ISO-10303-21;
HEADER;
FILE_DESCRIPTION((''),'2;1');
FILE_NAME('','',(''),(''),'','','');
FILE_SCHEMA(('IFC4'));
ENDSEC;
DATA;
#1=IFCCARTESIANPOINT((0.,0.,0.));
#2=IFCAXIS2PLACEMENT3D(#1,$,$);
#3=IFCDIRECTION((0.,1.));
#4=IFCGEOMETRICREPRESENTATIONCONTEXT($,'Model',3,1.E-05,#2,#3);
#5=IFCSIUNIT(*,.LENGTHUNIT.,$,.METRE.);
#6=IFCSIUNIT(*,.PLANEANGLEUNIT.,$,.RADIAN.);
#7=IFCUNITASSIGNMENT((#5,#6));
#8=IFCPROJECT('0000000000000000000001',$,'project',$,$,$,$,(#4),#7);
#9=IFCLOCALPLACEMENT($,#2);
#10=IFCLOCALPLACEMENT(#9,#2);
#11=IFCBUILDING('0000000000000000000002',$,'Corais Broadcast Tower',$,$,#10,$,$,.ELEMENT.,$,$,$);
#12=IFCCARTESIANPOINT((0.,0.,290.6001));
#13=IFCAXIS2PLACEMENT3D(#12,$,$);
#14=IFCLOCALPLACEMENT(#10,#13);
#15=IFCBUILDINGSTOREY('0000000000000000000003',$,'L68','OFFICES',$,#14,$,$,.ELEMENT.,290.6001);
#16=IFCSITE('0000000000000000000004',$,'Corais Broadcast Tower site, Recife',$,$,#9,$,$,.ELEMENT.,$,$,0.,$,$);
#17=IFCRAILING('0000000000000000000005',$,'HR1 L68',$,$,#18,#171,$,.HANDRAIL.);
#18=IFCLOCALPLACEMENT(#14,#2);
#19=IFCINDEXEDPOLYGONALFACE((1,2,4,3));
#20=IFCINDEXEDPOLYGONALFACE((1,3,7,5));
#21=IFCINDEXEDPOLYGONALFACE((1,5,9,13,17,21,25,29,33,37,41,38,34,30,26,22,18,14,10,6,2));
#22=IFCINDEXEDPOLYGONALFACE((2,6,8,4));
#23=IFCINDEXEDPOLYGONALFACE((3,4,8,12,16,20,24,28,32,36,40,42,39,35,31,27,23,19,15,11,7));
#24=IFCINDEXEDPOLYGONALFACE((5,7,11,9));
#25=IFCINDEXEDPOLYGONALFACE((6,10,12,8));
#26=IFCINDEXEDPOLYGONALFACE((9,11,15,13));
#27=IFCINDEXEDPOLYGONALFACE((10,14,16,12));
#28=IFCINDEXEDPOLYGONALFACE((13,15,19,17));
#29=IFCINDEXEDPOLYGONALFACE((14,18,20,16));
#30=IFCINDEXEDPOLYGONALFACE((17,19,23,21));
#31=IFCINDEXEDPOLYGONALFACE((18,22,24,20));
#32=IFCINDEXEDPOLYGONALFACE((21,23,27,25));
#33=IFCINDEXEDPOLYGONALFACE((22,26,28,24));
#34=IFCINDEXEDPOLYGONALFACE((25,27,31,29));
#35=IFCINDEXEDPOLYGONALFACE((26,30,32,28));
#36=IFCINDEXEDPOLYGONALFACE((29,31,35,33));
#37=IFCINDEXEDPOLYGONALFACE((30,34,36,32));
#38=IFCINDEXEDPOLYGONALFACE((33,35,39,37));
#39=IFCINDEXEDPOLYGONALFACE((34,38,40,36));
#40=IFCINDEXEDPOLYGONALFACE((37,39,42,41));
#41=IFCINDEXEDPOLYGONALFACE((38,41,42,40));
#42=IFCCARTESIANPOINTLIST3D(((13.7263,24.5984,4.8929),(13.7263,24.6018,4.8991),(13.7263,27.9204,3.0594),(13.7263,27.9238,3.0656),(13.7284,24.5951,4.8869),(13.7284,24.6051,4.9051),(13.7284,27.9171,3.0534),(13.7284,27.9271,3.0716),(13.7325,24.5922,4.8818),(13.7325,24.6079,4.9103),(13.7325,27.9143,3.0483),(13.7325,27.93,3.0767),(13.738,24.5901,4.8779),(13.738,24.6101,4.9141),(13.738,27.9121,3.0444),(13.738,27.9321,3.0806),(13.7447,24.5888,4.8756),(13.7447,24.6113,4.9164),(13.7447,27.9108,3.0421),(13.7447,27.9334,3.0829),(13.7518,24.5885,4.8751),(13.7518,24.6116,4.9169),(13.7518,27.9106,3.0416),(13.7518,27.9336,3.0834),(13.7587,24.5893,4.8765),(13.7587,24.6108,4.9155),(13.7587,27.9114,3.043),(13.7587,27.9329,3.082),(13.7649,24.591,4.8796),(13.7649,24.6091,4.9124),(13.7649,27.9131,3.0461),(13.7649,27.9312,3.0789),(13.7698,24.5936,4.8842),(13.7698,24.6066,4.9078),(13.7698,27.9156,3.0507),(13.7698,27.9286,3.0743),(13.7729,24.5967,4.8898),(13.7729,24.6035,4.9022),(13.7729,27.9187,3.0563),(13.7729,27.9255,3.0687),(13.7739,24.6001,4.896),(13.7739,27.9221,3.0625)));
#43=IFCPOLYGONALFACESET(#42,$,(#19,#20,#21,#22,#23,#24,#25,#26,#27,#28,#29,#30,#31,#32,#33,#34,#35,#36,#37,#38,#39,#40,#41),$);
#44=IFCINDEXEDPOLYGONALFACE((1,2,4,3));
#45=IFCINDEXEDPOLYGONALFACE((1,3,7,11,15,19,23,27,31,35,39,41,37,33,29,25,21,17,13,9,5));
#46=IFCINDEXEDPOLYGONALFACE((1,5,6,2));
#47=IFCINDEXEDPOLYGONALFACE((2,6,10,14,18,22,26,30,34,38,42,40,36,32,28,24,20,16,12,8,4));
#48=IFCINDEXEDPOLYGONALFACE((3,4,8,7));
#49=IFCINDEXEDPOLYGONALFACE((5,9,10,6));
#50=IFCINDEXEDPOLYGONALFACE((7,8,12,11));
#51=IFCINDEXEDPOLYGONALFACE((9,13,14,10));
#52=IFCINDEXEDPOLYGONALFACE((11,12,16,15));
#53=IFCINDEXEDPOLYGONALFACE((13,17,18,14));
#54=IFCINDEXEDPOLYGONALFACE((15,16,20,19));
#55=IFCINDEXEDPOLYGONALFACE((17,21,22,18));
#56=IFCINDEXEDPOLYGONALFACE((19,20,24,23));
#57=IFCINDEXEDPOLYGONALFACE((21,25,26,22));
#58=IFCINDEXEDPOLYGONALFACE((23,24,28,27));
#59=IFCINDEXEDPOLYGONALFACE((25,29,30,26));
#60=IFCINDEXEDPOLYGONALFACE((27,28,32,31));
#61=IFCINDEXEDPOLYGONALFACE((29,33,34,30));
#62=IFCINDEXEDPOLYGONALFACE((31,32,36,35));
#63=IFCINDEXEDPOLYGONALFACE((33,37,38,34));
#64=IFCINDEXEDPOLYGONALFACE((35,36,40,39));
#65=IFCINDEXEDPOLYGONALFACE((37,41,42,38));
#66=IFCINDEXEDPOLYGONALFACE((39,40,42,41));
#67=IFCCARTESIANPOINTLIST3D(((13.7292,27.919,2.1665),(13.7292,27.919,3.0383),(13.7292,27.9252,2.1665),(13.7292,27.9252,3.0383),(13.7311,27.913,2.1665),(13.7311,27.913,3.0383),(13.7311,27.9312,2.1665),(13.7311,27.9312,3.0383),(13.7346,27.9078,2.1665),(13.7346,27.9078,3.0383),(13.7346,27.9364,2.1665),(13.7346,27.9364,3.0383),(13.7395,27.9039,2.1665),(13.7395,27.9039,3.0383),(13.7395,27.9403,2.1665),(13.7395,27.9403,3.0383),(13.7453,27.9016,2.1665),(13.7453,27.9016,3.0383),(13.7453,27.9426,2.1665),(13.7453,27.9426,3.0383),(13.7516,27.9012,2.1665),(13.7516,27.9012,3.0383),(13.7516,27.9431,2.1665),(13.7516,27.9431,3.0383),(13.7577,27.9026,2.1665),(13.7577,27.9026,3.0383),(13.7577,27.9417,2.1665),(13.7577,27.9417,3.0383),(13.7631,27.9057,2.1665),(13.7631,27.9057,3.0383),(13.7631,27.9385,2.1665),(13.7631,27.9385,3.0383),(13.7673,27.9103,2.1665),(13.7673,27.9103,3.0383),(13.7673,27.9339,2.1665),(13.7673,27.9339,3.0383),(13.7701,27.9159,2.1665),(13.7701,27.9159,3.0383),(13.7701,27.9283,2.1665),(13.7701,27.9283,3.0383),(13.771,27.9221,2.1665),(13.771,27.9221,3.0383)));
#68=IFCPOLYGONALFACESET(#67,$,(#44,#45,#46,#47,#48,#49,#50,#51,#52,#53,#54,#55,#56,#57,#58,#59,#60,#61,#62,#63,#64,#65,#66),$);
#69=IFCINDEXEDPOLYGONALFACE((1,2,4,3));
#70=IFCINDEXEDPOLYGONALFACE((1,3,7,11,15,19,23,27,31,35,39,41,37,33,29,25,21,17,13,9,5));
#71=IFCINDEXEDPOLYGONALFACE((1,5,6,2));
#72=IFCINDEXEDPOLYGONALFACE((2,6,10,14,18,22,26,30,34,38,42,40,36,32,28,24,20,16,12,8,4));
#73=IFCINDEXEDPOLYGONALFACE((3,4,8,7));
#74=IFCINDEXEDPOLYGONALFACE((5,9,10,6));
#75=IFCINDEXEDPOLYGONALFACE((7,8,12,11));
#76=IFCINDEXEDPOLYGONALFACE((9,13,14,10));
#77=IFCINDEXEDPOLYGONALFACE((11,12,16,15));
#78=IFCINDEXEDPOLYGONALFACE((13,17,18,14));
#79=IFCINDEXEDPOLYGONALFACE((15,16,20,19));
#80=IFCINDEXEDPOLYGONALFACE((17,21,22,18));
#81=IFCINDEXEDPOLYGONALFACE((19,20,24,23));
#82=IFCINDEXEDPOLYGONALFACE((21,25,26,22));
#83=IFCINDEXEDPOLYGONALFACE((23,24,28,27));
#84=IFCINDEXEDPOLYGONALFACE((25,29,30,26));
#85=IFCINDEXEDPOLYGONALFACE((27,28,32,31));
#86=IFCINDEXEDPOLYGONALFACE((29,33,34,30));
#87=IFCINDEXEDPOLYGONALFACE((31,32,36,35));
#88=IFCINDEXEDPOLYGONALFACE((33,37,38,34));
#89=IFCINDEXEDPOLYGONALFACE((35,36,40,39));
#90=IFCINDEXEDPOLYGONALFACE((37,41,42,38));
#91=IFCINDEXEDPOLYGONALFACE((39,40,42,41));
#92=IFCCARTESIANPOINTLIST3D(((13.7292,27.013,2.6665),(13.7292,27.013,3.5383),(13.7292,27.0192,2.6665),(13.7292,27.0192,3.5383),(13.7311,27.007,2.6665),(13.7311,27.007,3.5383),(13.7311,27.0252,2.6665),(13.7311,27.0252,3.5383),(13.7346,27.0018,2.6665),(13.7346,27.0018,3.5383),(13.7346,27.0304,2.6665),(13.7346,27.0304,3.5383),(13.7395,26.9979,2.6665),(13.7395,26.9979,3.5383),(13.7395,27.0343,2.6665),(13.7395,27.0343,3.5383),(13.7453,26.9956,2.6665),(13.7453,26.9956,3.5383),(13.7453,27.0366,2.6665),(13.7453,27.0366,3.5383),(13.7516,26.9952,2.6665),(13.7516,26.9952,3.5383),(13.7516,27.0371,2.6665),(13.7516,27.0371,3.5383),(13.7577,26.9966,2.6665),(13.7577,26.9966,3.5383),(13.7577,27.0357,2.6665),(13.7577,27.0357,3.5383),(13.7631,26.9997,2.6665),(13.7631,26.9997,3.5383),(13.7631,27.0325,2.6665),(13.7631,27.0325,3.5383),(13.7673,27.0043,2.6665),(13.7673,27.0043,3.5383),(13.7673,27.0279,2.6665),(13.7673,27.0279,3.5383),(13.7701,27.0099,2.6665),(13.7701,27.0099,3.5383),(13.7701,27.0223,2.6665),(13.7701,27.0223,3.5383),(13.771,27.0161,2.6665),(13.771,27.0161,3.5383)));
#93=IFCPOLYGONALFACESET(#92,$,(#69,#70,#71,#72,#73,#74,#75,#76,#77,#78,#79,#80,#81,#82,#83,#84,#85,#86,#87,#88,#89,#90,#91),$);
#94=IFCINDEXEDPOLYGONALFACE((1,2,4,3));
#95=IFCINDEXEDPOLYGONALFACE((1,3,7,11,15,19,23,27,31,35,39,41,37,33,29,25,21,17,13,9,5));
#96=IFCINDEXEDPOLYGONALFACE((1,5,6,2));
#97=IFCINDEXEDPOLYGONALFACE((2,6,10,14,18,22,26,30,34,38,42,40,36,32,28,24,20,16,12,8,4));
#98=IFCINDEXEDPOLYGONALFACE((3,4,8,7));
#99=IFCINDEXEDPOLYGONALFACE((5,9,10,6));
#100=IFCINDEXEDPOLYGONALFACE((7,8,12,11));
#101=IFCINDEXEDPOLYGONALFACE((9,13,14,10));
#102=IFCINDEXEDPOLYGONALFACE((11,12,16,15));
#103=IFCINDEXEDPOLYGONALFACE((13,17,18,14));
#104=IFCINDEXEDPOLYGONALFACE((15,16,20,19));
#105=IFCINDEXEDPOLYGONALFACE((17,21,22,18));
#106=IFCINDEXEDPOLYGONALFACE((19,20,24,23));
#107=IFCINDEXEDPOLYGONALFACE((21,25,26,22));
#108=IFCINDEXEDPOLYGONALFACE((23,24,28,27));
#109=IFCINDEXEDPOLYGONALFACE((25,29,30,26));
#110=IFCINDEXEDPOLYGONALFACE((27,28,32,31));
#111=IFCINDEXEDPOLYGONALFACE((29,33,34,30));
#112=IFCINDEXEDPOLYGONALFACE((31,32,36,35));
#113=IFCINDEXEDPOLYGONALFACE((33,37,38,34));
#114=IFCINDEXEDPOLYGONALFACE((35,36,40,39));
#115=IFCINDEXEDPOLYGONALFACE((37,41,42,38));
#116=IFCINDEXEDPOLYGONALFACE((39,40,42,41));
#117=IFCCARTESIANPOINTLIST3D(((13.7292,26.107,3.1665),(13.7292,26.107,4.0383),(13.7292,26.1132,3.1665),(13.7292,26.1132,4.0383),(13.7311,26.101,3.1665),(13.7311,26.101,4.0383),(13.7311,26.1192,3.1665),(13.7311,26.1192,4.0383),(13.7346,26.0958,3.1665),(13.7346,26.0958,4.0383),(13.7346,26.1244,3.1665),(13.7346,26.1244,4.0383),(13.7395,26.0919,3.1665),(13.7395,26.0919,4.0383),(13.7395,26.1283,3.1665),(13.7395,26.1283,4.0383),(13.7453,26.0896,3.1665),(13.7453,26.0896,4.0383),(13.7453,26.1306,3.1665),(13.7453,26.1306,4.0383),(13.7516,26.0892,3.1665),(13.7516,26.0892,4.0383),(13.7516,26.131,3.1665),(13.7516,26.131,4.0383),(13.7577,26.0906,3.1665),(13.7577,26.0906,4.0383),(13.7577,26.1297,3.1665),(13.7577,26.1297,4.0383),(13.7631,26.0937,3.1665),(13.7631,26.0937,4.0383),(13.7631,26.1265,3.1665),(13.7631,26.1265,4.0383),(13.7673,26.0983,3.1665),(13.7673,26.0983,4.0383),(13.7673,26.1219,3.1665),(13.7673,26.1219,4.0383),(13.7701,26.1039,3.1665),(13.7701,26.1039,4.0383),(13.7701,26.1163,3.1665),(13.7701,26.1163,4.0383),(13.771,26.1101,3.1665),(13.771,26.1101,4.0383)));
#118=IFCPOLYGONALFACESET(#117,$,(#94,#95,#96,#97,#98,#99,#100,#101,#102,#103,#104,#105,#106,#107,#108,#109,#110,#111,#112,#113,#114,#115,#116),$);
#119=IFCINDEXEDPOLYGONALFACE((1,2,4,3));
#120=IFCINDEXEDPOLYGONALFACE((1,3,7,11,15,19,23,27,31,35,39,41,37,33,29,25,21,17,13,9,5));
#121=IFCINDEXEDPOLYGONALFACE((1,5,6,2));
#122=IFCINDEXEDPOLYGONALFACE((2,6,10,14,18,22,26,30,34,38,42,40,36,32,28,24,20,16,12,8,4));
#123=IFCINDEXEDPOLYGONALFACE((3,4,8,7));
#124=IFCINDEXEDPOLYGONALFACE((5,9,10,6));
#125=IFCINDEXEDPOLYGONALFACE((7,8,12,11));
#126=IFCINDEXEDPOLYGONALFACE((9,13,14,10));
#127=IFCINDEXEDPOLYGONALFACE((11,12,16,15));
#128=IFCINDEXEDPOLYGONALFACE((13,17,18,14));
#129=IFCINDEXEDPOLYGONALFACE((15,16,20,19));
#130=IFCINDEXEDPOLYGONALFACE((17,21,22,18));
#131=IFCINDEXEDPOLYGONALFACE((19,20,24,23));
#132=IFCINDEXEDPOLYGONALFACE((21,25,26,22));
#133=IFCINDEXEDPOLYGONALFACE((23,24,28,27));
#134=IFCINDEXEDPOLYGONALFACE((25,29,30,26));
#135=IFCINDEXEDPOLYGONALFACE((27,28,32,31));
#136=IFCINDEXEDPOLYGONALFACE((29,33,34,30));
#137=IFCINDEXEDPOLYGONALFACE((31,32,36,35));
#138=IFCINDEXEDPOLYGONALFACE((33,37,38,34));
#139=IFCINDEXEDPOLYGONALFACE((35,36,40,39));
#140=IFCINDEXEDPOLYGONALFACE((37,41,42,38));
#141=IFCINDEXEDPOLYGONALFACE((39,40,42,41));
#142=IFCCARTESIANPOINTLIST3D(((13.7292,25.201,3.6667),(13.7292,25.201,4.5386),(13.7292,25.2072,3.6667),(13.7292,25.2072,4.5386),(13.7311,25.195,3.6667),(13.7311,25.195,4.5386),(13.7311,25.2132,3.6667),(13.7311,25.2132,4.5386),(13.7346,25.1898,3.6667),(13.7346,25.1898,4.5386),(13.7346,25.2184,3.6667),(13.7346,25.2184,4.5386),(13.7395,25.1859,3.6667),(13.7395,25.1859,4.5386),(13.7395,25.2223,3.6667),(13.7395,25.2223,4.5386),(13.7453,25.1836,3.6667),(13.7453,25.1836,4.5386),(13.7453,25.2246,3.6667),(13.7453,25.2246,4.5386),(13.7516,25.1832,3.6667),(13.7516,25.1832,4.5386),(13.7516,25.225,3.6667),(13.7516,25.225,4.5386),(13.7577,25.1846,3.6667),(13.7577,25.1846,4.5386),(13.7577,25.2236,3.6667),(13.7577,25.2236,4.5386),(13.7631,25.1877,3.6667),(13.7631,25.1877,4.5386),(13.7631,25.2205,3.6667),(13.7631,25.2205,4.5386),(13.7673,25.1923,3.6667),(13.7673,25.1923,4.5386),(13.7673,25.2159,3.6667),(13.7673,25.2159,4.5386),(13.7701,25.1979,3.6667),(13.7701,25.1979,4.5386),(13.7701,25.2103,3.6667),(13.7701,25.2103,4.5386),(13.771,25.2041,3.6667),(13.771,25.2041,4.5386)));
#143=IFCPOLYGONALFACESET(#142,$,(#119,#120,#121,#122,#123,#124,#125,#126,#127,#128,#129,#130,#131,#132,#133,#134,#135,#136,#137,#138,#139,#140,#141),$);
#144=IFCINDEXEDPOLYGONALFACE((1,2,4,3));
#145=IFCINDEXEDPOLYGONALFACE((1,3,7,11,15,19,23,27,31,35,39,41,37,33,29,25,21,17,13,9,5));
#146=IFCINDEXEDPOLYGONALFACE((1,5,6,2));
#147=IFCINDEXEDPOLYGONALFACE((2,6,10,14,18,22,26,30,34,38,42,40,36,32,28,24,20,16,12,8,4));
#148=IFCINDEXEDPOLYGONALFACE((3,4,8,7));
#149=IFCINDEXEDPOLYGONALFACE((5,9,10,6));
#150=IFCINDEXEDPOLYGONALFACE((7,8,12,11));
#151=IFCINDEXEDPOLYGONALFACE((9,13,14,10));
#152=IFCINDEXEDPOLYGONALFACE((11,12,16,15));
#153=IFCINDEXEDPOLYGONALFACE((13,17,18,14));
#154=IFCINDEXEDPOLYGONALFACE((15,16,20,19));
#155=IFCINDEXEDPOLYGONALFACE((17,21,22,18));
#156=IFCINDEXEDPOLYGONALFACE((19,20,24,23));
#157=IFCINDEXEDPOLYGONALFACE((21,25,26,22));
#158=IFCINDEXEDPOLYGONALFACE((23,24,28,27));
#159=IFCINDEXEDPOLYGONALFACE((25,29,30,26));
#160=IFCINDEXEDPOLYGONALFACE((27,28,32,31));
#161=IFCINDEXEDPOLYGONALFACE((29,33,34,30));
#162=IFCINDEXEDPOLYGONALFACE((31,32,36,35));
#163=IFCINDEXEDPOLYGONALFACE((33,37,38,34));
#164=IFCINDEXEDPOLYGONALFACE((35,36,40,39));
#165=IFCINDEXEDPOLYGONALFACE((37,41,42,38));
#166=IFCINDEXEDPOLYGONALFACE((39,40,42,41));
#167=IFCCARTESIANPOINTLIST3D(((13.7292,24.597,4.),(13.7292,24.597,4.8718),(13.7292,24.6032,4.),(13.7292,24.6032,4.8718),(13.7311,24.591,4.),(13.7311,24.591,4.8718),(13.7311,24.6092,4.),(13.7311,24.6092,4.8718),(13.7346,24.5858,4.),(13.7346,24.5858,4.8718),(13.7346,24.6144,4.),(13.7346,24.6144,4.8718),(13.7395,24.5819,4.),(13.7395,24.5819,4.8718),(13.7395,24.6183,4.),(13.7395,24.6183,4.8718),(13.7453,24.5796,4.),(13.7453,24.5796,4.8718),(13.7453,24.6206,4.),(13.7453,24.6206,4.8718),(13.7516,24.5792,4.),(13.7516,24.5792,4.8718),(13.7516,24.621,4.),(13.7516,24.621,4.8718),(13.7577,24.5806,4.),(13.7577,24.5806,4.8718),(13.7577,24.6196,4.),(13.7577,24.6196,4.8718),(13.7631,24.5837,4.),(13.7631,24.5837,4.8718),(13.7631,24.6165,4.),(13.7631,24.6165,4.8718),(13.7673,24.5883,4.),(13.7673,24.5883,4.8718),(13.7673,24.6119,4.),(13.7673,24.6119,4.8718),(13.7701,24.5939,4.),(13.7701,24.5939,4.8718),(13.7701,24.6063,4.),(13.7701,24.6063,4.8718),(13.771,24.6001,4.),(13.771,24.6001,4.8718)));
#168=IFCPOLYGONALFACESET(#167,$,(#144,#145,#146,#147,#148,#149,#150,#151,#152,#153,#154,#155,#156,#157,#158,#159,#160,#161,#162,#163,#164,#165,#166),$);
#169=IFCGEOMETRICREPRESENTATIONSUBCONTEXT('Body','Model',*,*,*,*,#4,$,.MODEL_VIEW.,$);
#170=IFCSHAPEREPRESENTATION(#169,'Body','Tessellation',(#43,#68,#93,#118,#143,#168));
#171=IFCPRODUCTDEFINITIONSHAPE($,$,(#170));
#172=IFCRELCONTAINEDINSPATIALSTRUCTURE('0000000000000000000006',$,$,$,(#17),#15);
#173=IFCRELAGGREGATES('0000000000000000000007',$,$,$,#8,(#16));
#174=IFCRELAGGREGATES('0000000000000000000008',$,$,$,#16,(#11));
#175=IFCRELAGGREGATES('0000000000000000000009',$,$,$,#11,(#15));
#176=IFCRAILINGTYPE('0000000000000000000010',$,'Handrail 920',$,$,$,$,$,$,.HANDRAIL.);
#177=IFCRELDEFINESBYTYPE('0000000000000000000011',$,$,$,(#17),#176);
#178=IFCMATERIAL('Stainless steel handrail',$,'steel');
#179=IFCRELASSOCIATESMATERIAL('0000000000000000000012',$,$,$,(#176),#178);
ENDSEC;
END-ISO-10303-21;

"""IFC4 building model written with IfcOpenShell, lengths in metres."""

from ifc_helpers import new_model, si_unit, direction, frame, origin, origin_2d, place, context, subcontext, project, spatial, circle, extrude, material, type_object, element, save


model = new_model("IFC4")

# Units and contexts
model_context = context("Model", 3, precision=1e-05, world=origin(), true_north=direction((0.0, 1.0)))
body_context = subcontext(model_context, "Body", "Model", "MODEL_VIEW")
ifc_project = project(units=[si_unit("LENGTHUNIT", "METRE"), si_unit("PLANEANGLEUNIT", "RADIAN")], contexts=[model_context])

# Site, building, storey
site_placement = place(None, origin())
site = spatial("IfcSite", under=ifc_project, at=site_placement, Name="Corais Broadcast Tower site, Recife", CompositionType="ELEMENT", RefElevation=0.0)
building_placement = place(site_placement, origin())
building = spatial("IfcBuilding", under=site, at=building_placement, Name="Corais Broadcast Tower", CompositionType="ELEMENT")
storey_placement = place(building_placement, frame((0.0, 0.0, 290.6001)))
storey = spatial("IfcBuildingStorey", under=building, at=storey_placement, Name="L68", Description="OFFICES", CompositionType="ELEMENT", Elevation=290.6001)

# Railing
ifc_material_1 = material(Name="Stainless steel handrail", Category="steel")
railing_type = type_object("IfcRailingType", Name="Handrail 920", PredefinedType="HANDRAIL", material=ifc_material_1)
railing_placement = place(storey_placement, frame((13.75, 27.9221, 2.1665)))
element("IfcRailing", 1, at=railing_placement, inside=storey, type_object=railing_type, Name="HR1 L68", PredefinedType="HANDRAIL", context=body_context, shape_type="SweptSolid", body=[
    extrude(circle(Radius=0.0239, at=origin_2d()), frame((0.0, 0.0, 0.896), z_axis=(0.0, -0.875504, 0.48321), x_axis=(1.0, 0.0, 0.0)), (0.0, 0.0, 1.0), 3.7944),
    extrude(circle(Radius=0.021, at=origin_2d()), origin(), (0.0, 0.0, 1.0), 0.8718),
    extrude(circle(Radius=0.021, at=origin_2d()), frame((0.0, -0.906, 0.5)), (0.0, 0.0, 1.0), 0.8718),
    extrude(circle(Radius=0.021, at=origin_2d()), frame((0.0, -1.812, 1.0)), (0.0, 0.0, 1.0), 0.8718),
    extrude(circle(Radius=0.021, at=origin_2d()), frame((0.0, -2.718, 1.5002)), (0.0, 0.0, 1.0), 0.8718),
    extrude(circle(Radius=0.021, at=origin_2d()), frame((0.0, -3.322, 1.8335)), (0.0, 0.0, 1.0), 0.8718),
])

save(model, "model.ifc")
